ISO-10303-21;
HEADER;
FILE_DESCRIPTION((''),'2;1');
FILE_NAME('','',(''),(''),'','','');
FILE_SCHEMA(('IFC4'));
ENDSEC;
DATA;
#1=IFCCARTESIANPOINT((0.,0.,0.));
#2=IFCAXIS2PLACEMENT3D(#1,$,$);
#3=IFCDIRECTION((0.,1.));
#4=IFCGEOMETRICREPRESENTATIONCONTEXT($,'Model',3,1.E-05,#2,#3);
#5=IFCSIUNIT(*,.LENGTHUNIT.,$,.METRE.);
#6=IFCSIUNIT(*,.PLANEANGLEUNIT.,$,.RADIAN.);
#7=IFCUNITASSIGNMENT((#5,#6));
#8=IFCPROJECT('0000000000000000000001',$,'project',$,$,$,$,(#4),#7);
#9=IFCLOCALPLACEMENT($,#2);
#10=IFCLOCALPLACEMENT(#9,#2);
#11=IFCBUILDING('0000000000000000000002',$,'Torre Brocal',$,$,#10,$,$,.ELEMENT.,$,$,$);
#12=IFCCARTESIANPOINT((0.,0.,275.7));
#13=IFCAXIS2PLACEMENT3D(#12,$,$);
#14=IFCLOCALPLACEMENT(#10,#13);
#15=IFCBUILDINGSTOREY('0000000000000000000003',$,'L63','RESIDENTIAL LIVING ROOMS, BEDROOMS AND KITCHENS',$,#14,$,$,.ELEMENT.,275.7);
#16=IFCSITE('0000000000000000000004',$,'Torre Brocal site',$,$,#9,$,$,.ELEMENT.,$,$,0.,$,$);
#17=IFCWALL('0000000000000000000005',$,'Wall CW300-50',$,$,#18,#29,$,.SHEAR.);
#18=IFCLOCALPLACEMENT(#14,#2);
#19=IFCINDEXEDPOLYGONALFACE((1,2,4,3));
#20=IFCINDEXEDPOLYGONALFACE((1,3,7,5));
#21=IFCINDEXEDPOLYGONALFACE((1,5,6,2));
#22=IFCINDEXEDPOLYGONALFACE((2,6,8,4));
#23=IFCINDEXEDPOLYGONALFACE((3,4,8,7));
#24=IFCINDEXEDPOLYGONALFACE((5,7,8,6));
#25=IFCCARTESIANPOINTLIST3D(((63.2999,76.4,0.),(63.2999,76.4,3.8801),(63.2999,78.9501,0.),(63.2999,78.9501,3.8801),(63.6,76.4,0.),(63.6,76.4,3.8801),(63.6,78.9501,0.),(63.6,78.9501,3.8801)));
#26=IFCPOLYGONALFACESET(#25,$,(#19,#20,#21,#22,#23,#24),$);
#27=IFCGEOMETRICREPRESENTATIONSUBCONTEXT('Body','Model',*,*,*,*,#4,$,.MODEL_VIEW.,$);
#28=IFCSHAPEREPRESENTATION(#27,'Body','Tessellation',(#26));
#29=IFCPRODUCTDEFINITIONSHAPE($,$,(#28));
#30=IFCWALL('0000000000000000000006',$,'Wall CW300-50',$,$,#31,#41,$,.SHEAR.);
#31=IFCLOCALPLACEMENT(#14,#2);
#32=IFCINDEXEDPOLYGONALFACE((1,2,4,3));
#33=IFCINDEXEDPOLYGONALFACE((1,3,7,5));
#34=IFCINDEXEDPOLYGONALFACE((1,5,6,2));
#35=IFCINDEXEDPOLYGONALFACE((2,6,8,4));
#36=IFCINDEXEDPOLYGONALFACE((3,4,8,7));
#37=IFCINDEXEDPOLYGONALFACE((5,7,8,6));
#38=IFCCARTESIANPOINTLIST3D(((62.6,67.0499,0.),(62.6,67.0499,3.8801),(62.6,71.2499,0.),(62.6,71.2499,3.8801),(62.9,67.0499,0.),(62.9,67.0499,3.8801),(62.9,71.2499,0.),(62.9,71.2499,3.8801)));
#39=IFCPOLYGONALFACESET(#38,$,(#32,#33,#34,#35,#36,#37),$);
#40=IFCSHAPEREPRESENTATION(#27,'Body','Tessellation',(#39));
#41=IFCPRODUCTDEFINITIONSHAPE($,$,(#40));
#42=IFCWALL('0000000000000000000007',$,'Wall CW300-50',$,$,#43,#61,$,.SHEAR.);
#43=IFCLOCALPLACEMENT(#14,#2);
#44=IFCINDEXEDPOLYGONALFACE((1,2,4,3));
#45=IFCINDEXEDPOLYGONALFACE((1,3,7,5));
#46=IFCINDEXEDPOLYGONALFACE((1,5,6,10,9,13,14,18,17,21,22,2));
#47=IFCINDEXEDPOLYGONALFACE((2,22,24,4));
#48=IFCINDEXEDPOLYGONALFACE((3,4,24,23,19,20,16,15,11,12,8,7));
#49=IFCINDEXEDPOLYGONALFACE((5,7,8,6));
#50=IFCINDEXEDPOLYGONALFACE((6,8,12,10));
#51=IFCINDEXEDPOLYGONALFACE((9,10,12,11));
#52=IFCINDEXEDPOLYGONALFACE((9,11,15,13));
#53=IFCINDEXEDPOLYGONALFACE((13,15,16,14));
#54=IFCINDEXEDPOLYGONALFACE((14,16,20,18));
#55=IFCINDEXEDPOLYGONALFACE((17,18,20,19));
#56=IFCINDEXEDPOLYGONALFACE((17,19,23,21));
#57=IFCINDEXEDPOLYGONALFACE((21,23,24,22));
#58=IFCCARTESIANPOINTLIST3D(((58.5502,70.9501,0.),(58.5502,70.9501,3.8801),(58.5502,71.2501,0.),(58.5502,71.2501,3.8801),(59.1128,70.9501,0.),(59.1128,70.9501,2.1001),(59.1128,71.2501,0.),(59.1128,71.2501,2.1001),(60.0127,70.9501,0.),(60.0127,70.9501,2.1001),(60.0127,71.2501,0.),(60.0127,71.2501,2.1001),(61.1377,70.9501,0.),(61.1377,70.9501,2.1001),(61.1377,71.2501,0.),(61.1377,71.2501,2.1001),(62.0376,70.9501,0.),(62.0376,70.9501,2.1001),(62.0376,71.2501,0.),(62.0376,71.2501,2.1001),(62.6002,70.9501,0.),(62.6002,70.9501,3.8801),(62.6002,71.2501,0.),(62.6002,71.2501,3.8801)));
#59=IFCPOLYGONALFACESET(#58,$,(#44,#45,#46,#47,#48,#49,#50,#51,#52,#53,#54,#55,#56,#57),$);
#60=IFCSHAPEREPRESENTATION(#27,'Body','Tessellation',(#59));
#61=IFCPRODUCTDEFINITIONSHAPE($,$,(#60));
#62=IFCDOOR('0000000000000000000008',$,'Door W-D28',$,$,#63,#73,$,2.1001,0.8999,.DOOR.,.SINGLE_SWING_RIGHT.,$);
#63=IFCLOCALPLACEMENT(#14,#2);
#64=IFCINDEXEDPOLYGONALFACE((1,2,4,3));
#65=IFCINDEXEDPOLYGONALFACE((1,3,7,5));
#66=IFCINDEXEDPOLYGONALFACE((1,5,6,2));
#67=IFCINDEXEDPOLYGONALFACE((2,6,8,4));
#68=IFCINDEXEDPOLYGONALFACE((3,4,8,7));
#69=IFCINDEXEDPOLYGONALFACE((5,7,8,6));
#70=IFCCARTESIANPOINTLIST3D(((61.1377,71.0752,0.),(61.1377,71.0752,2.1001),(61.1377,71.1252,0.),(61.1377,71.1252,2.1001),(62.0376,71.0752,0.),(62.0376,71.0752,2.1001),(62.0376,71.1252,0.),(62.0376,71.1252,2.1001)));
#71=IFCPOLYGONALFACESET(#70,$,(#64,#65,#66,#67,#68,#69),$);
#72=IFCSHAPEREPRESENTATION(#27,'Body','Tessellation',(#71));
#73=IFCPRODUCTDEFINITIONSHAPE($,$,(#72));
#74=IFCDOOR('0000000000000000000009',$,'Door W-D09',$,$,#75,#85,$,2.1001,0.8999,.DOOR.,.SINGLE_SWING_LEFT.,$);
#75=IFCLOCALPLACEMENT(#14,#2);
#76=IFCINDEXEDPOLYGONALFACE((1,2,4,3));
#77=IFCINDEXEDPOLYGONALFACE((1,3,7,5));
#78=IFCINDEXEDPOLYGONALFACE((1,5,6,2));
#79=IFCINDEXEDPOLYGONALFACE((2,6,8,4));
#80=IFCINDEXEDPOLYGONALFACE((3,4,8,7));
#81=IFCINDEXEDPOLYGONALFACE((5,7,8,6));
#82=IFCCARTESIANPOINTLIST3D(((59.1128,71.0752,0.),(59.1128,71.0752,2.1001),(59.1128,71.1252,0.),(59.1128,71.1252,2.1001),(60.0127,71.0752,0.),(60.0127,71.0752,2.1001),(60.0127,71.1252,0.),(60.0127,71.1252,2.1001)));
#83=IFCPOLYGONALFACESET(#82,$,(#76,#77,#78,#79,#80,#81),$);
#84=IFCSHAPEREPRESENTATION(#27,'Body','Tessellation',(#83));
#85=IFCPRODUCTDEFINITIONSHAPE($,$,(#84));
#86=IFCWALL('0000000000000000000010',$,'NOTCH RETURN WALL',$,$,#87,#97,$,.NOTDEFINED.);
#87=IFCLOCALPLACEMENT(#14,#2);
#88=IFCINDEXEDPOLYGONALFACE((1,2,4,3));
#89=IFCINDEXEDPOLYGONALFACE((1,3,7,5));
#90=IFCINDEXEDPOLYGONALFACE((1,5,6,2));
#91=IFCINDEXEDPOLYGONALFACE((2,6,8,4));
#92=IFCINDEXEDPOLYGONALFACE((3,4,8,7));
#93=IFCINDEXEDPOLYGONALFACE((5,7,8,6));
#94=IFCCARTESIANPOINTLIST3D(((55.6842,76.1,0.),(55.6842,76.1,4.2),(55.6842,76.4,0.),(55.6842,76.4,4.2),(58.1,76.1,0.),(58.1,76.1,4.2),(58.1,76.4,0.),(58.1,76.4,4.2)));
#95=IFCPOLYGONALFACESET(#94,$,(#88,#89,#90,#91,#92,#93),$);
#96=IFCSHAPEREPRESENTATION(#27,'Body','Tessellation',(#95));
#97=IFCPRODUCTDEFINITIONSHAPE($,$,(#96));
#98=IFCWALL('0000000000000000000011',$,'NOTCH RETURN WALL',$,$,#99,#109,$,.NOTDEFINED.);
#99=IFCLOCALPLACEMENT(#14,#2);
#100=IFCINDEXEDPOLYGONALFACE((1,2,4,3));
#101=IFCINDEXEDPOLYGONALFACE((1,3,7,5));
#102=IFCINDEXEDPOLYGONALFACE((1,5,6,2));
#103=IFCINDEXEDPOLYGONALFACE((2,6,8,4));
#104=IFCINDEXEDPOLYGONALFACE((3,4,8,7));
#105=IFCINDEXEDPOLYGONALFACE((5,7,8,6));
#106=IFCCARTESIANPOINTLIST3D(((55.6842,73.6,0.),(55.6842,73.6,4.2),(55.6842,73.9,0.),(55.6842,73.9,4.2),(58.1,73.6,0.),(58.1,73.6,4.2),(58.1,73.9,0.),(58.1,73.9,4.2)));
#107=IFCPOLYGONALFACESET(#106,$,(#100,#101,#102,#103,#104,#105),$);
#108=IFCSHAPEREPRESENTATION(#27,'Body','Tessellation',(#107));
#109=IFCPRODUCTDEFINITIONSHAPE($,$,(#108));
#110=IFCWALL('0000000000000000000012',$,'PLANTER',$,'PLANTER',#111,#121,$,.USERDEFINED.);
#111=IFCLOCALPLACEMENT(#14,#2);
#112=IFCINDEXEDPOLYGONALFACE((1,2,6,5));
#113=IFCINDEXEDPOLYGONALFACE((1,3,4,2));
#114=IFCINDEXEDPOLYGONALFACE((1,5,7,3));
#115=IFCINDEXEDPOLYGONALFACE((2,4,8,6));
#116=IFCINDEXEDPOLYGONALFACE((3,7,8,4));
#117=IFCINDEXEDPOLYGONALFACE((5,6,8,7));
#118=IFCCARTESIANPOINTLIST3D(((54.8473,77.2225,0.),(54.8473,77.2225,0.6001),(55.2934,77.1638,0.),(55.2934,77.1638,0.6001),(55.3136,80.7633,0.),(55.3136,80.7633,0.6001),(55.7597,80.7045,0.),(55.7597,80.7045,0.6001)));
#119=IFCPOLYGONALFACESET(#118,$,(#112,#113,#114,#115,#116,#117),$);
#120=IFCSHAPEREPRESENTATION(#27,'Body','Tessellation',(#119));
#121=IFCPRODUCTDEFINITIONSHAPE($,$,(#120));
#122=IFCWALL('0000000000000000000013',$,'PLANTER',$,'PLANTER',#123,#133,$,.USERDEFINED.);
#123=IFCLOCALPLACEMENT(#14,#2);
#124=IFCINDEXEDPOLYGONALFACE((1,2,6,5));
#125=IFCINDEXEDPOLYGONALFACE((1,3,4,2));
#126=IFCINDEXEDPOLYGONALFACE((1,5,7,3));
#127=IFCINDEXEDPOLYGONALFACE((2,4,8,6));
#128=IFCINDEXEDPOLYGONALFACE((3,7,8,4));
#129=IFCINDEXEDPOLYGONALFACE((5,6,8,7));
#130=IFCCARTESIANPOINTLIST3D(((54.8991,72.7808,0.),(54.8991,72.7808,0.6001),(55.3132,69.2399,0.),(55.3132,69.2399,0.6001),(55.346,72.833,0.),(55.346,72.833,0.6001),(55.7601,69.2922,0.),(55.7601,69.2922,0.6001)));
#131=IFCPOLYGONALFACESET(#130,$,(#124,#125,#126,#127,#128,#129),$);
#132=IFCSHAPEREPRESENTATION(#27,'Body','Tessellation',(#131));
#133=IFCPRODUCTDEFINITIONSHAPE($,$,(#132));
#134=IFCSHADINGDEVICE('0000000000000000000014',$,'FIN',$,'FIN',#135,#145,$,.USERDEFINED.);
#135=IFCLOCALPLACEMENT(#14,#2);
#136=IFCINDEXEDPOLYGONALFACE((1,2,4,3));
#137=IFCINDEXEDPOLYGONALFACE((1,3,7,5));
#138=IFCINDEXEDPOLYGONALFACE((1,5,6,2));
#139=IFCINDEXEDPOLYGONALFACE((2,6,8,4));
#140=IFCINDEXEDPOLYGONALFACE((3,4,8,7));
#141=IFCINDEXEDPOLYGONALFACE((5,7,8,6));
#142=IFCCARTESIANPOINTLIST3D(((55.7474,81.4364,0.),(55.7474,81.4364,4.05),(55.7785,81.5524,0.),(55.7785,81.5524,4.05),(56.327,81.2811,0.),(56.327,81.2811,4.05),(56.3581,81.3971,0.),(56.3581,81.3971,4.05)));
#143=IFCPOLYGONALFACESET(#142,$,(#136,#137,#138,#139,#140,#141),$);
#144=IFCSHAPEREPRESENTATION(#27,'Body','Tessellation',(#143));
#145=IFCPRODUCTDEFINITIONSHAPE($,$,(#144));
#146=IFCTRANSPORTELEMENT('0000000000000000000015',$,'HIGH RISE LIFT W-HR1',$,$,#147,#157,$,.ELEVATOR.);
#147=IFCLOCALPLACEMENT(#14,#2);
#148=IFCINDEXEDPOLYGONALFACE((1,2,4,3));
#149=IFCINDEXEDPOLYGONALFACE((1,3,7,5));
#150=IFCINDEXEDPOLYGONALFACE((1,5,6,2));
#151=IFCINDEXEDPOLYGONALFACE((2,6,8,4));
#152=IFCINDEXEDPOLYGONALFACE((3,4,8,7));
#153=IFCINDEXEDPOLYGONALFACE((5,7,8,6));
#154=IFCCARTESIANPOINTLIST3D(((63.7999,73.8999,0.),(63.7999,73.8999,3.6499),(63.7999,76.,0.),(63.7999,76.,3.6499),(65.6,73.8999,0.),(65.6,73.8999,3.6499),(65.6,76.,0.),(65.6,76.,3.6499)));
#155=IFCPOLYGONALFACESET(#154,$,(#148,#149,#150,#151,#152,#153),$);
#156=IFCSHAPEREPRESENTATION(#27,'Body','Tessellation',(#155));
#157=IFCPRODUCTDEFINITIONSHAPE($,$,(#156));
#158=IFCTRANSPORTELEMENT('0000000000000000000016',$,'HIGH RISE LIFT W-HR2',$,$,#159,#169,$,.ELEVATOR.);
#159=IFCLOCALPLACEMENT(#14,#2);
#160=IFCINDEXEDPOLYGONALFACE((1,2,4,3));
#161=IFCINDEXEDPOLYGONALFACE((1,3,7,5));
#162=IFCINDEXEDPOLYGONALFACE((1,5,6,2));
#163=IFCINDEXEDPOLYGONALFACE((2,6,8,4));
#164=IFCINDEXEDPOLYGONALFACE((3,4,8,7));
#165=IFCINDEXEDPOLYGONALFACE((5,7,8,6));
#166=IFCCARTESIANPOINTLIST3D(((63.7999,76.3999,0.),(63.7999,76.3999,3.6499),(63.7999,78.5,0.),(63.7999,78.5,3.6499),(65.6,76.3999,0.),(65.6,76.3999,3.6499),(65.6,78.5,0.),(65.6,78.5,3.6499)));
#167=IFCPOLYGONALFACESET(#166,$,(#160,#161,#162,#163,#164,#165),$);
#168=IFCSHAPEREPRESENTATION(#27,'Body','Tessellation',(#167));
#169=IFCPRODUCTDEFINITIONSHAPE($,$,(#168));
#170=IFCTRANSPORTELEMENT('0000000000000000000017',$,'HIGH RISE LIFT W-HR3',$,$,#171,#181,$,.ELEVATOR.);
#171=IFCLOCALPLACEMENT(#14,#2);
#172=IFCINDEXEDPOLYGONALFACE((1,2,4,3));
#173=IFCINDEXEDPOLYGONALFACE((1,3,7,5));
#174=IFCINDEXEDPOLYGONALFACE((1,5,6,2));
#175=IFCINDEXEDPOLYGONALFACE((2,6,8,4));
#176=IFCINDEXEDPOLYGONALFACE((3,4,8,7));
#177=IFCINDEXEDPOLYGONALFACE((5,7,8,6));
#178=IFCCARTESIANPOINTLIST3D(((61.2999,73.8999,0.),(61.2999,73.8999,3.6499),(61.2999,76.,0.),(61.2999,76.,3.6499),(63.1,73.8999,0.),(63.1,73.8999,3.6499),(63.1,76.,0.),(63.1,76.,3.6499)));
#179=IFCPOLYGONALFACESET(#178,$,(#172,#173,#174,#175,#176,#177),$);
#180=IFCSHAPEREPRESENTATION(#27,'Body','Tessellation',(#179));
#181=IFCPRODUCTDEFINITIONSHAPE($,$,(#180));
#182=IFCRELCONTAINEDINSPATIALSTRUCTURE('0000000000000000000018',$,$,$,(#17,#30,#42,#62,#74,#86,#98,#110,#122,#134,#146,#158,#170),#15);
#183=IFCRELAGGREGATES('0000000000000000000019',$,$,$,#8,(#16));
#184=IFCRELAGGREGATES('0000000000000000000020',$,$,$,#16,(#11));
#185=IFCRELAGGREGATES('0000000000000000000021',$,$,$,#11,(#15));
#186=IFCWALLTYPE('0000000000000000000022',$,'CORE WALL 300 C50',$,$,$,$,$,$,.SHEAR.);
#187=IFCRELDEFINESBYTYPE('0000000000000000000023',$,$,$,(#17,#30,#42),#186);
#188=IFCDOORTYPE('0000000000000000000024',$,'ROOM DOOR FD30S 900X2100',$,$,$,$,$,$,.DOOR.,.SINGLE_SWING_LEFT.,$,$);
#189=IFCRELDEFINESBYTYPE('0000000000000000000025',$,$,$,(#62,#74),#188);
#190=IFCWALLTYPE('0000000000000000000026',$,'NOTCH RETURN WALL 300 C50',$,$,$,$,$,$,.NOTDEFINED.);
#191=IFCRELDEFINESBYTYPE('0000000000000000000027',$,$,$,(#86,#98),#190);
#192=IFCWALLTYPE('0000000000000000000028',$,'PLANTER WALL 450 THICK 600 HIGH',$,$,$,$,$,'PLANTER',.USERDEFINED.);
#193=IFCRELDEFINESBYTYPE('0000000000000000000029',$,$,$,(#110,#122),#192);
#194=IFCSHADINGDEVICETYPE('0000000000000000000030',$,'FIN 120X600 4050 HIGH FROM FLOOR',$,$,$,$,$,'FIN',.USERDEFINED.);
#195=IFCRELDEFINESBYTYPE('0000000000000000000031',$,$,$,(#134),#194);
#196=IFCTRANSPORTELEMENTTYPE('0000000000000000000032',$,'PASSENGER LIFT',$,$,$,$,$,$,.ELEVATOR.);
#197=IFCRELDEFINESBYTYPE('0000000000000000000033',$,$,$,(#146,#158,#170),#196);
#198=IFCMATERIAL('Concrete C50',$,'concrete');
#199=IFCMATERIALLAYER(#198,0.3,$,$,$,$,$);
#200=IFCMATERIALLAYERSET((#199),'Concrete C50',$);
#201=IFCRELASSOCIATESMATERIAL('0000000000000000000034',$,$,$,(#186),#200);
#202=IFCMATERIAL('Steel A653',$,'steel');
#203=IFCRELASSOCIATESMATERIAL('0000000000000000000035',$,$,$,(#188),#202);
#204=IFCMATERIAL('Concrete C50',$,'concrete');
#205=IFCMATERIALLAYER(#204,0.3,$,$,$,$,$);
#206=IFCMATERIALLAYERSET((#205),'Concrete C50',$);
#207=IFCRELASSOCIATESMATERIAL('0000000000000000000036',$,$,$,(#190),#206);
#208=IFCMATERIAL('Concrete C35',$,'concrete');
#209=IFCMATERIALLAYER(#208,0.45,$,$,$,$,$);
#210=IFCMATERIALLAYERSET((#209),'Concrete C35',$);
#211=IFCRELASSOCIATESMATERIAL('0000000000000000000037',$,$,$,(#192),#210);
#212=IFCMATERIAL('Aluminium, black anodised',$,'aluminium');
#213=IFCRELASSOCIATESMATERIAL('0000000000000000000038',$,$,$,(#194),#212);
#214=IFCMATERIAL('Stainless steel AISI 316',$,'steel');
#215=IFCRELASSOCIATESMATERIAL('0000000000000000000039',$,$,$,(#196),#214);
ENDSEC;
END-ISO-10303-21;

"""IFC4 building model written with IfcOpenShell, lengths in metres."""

from ifc_helpers import new_model, si_unit, direction, frame, frame_2d, origin, origin_2d, place, context, subcontext, project, spatial, rectangle, extrude, material, layer, layer_set, material_profile, profile_set, type_object, element, fill, save


model = new_model("IFC4")

# Units and contexts
model_context = context("Model", 3, precision=1e-05, world=origin(), true_north=direction((0.0, 1.0)))
body_context = subcontext(model_context, "Body", "Model", "MODEL_VIEW")
ifc_project = project(units=[si_unit("LENGTHUNIT", "METRE"), si_unit("PLANEANGLEUNIT", "RADIAN")], contexts=[model_context])

# Site, building, storey
site_placement = place(None, origin())
site = spatial("IfcSite", under=ifc_project, at=site_placement, Name="Torre Brocal site", CompositionType="ELEMENT", RefElevation=0.0)
building_placement = place(site_placement, origin())
building = spatial("IfcBuilding", under=site, at=building_placement, Name="Torre Brocal", CompositionType="ELEMENT")
storey_placement = place(building_placement, frame((0.0, 0.0, 275.7)))
storey = spatial("IfcBuildingStorey", under=building, at=storey_placement, Name="L63", Description="RESIDENTIAL LIVING ROOMS, BEDROOMS AND KITCHENS", CompositionType="ELEMENT", Elevation=275.7)

# Walls
ifc_material_1 = material(Name="Concrete C50", Category="concrete")
ifc_layer_1 = layer(ifc_material_1, 0.3)
ifc_layer_set_1 = layer_set([ifc_layer_1], Name="Concrete C50")
wall_type_1 = type_object("IfcWallType", Name="CORE WALL 300 C50", PredefinedType="SHEAR", material=ifc_layer_set_1)
for number, where, z_axis, x_axis, name in (
    (1, (63.45, 78.95, 0.0), (0.0, 0.0, 1.0), (0.0, -1.0, 0.0), "Wall CW300-50"),
):
    element("IfcWall", number, at=place(storey_placement, frame(where, z_axis=z_axis, x_axis=x_axis)), inside=storey, type_object=wall_type_1, Name=name, PredefinedType="SHEAR", context=body_context, shape_type="SweptSolid", body=[
        extrude(rectangle(XDim=2.55, YDim=0.3, at=frame_2d((1.2749, 0.0))), origin(), (0.0, 0.0, 1.0), 3.8801),
    ])
wall_1_placement = place(storey_placement, frame((62.75, 71.25, 0.0), z_axis=(0.0, 0.0, 1.0), x_axis=(0.0, -1.0, 0.0)))
element("IfcWall", 2, at=wall_1_placement, inside=storey, type_object=wall_type_1, Name="Wall CW300-50", PredefinedType="SHEAR", context=body_context, shape_type="SweptSolid", body=[
    extrude(rectangle(XDim=4.2, YDim=0.3, at=frame_2d((2.1001, 0.0))), origin(), (0.0, 0.0, 1.0), 3.8801),
])

# Wall, openings, doors
wall_2_placement = place(storey_placement, frame((62.6001, 71.1001, 0.0), z_axis=(0.0, 0.0, 1.0), x_axis=(-1.0, 0.0, 0.0)))
wall_2 = element("IfcWall", 3, at=wall_2_placement, inside=storey, type_object=wall_type_1, Name="Wall CW300-50", PredefinedType="SHEAR", context=body_context, shape_type="SweptSolid", body=[
    extrude(rectangle(XDim=4.05, YDim=0.3, at=frame_2d((2.0249, 0.0))), origin(), (0.0, 0.0, 1.0), 3.8801),
])
opening_1_placement = place(wall_2_placement, frame((0.5625, 0.0, 0.0)))
opening_1 = element("IfcOpeningElement", 4, at=opening_1_placement, cuts=wall_2, PredefinedType="OPENING", context=body_context, shape_type="SweptSolid", body=[
    extrude(rectangle(XDim=0.8999, YDim=2.1001, at=frame_2d((0.45, 1.05))), frame((0.0, 0.1599, 0.0), z_axis=(0.0, -1.0, 0.0), x_axis=(1.0, 0.0, 0.0)), (0.0, 0.0, 1.0), 0.3201),
])
opening_2_placement = place(wall_2_placement, frame((2.5874, 0.0, 0.0)))
opening_2 = element("IfcOpeningElement", 5, at=opening_2_placement, cuts=wall_2, PredefinedType="OPENING", context=body_context, shape_type="SweptSolid", body=[
    extrude(rectangle(XDim=0.8999, YDim=2.1001, at=frame_2d((0.45, 1.05))), frame((0.0, 0.1599, 0.0), z_axis=(0.0, -1.0, 0.0), x_axis=(1.0, 0.0, 0.0)), (0.0, 0.0, 1.0), 0.3201),
])
ifc_material_2 = material(Name="Steel A653", Category="steel")
door_type_1 = type_object("IfcDoorType", Name="ROOM DOOR FD30S 900X2100", OperationType="SINGLE_SWING_LEFT", PredefinedType="DOOR", material=ifc_material_2)
door_1_placement = place(opening_1_placement, origin())
door_1 = element("IfcDoor", 6, at=door_1_placement, inside=storey, type_object=door_type_1, Name="Door W-D28", OperationType="SINGLE_SWING_RIGHT", OverallHeight=2.1001, OverallWidth=0.8999, PredefinedType="DOOR", context=body_context, shape_type="SweptSolid", body=[
    extrude(rectangle(XDim=0.8999, YDim=2.1001, at=frame_2d((0.45, 1.05))), frame((0.0, 0.0249, 0.0), z_axis=(0.0, -1.0, 0.0), x_axis=(1.0, 0.0, 0.0)), (0.0, 0.0, 1.0), 0.05),
])
fill(opening_1, door_1)
door_2_placement = place(opening_2_placement, origin())
door_2 = element("IfcDoor", 7, at=door_2_placement, inside=storey, type_object=door_type_1, Name="Door W-D09", OperationType="SINGLE_SWING_LEFT", OverallHeight=2.1001, OverallWidth=0.8999, PredefinedType="DOOR", context=body_context, shape_type="SweptSolid", body=[
    extrude(rectangle(XDim=0.8999, YDim=2.1001, at=frame_2d((0.45, 1.05))), frame((0.0, 0.0249, 0.0), z_axis=(0.0, -1.0, 0.0), x_axis=(1.0, 0.0, 0.0)), (0.0, 0.0, 1.0), 0.05),
])
fill(opening_2, door_2)

# Walls
ifc_material_3 = material(Name="Concrete C50", Category="concrete")
ifc_layer_2 = layer(ifc_material_3, 0.3)
ifc_layer_set_2 = layer_set([ifc_layer_2], Name="Concrete C50")
wall_type_2 = type_object("IfcWallType", Name="NOTCH RETURN WALL 300 C50", PredefinedType="NOTDEFINED", material=ifc_layer_set_2)
for number, where, z_axis, x_axis, name in (
    (8, (58.1001, 76.25, 0.0), (0.0, 0.0, 1.0), (-1.0, 0.0, 0.0), "NOTCH RETURN WALL"),
    (9, (58.1001, 73.75, 0.0), (0.0, 0.0, 1.0), (-1.0, 0.0, 0.0), "NOTCH RETURN WALL"),
):
    element("IfcWall", number, at=place(storey_placement, frame(where, z_axis=z_axis, x_axis=x_axis)), inside=storey, type_object=wall_type_2, Name=name, PredefinedType="NOTDEFINED", context=body_context, shape_type="SweptSolid", body=[
        extrude(rectangle(XDim=2.4158, YDim=0.3, at=frame_2d((1.208, 0.0))), origin(), (0.0, 0.0, 1.0), 4.2),
    ])
ifc_material_4 = material(Name="Concrete C35", Category="concrete")
ifc_layer_3 = layer(ifc_material_4, 0.45)
ifc_layer_set_3 = layer_set([ifc_layer_3], Name="Concrete C35")
wall_type_3 = type_object("IfcWallType", Name="PLANTER WALL 450 THICK 600 HIGH", ElementType="PLANTER", PredefinedType="USERDEFINED", material=ifc_layer_set_3)
wall_3_placement = place(storey_placement, frame((55.5366, 80.7339, 0.0), z_axis=(0.0, 0.0, 1.0), x_axis=(-0.130569, -0.991439, 0.0)))
element("IfcWall", 10, at=wall_3_placement, inside=storey, type_object=wall_type_3, Name="PLANTER", ObjectType="PLANTER", PredefinedType="USERDEFINED", context=body_context, shape_type="SweptSolid", body=[
    extrude(rectangle(XDim=3.5713, YDim=0.45, at=frame_2d((1.7856, 0.0))), origin(), (0.0, 0.0, 1.0), 0.6001),
])
wall_4_placement = place(storey_placement, frame((55.1226, 72.8069, 0.0), z_axis=(0.0, 0.0, 1.0), x_axis=(0.11615, -0.993232, 0.0)))
element("IfcWall", 11, at=wall_4_placement, inside=storey, type_object=wall_type_3, Name="PLANTER", ObjectType="PLANTER", PredefinedType="USERDEFINED", context=body_context, shape_type="SweptSolid", body=[
    extrude(rectangle(XDim=3.5649, YDim=0.45, at=frame_2d((1.7825, 0.0))), origin(), (0.0, 0.0, 1.0), 0.6001),
])

# Shading device
ifc_material_5 = material(Name="Aluminium, black anodised", Category="aluminium")
ifc_material_profile_1 = material_profile(ifc_material_5, rectangle(XDim=0.1201, YDim=0.6001, at=origin_2d()), Name="FIN 120X600 4050 HIGH FROM FLOOR")
ifc_profile_set_1 = profile_set([ifc_material_profile_1], Name="Aluminium, black anodised")
shading_device_type = type_object("IfcShadingDeviceType", Name="FIN 120X600 4050 HIGH FROM FLOOR", ElementType="FIN", PredefinedType="USERDEFINED", material=ifc_profile_set_1)
shading_device_placement = place(storey_placement, frame((56.0527, 81.4167, 0.0), z_axis=(0.0, 0.0, 1.0), x_axis=(-0.258819, -0.965926, 0.0)))
element("IfcShadingDevice", 12, at=shading_device_placement, inside=storey, type_object=shading_device_type, Name="FIN", ObjectType="FIN", PredefinedType="USERDEFINED", context=body_context, shape_type="SweptSolid", body=[
    extrude(rectangle(XDim=0.1201, YDim=0.6001, at=origin_2d()), origin(), (0.0, 0.0, 1.0), 4.05),
])

# Transport elements
ifc_material_6 = material(Name="Stainless steel AISI 316", Category="steel")
transport_element_type = type_object("IfcTransportElementType", Name="PASSENGER LIFT", PredefinedType="ELEVATOR", material=ifc_material_6)
for number, where, z_axis, x_axis, name in (
    (13, (64.7, 74.95, 0.0), (0.0, 0.0, 1.0), (1.0, 0.0, 0.0), "HIGH RISE LIFT W-HR1"),
    (14, (64.7, 77.45, 0.0), (0.0, 0.0, 1.0), (1.0, 0.0, 0.0), "HIGH RISE LIFT W-HR2"),
    (15, (62.2, 74.95, 0.0), (0.0, 0.0, 1.0), (1.0, 0.0, 0.0), "HIGH RISE LIFT W-HR3"),
):
    element("IfcTransportElement", number, at=place(storey_placement, frame(where, z_axis=z_axis, x_axis=x_axis)), inside=storey, type_object=transport_element_type, Name=name, PredefinedType="ELEVATOR", context=body_context, shape_type="SweptSolid", body=[
        extrude(rectangle(XDim=1.8, YDim=2.1001, at=origin_2d()), origin(), (0.0, 0.0, 1.0), 3.6499),
    ])

save(model, "model.ifc")
